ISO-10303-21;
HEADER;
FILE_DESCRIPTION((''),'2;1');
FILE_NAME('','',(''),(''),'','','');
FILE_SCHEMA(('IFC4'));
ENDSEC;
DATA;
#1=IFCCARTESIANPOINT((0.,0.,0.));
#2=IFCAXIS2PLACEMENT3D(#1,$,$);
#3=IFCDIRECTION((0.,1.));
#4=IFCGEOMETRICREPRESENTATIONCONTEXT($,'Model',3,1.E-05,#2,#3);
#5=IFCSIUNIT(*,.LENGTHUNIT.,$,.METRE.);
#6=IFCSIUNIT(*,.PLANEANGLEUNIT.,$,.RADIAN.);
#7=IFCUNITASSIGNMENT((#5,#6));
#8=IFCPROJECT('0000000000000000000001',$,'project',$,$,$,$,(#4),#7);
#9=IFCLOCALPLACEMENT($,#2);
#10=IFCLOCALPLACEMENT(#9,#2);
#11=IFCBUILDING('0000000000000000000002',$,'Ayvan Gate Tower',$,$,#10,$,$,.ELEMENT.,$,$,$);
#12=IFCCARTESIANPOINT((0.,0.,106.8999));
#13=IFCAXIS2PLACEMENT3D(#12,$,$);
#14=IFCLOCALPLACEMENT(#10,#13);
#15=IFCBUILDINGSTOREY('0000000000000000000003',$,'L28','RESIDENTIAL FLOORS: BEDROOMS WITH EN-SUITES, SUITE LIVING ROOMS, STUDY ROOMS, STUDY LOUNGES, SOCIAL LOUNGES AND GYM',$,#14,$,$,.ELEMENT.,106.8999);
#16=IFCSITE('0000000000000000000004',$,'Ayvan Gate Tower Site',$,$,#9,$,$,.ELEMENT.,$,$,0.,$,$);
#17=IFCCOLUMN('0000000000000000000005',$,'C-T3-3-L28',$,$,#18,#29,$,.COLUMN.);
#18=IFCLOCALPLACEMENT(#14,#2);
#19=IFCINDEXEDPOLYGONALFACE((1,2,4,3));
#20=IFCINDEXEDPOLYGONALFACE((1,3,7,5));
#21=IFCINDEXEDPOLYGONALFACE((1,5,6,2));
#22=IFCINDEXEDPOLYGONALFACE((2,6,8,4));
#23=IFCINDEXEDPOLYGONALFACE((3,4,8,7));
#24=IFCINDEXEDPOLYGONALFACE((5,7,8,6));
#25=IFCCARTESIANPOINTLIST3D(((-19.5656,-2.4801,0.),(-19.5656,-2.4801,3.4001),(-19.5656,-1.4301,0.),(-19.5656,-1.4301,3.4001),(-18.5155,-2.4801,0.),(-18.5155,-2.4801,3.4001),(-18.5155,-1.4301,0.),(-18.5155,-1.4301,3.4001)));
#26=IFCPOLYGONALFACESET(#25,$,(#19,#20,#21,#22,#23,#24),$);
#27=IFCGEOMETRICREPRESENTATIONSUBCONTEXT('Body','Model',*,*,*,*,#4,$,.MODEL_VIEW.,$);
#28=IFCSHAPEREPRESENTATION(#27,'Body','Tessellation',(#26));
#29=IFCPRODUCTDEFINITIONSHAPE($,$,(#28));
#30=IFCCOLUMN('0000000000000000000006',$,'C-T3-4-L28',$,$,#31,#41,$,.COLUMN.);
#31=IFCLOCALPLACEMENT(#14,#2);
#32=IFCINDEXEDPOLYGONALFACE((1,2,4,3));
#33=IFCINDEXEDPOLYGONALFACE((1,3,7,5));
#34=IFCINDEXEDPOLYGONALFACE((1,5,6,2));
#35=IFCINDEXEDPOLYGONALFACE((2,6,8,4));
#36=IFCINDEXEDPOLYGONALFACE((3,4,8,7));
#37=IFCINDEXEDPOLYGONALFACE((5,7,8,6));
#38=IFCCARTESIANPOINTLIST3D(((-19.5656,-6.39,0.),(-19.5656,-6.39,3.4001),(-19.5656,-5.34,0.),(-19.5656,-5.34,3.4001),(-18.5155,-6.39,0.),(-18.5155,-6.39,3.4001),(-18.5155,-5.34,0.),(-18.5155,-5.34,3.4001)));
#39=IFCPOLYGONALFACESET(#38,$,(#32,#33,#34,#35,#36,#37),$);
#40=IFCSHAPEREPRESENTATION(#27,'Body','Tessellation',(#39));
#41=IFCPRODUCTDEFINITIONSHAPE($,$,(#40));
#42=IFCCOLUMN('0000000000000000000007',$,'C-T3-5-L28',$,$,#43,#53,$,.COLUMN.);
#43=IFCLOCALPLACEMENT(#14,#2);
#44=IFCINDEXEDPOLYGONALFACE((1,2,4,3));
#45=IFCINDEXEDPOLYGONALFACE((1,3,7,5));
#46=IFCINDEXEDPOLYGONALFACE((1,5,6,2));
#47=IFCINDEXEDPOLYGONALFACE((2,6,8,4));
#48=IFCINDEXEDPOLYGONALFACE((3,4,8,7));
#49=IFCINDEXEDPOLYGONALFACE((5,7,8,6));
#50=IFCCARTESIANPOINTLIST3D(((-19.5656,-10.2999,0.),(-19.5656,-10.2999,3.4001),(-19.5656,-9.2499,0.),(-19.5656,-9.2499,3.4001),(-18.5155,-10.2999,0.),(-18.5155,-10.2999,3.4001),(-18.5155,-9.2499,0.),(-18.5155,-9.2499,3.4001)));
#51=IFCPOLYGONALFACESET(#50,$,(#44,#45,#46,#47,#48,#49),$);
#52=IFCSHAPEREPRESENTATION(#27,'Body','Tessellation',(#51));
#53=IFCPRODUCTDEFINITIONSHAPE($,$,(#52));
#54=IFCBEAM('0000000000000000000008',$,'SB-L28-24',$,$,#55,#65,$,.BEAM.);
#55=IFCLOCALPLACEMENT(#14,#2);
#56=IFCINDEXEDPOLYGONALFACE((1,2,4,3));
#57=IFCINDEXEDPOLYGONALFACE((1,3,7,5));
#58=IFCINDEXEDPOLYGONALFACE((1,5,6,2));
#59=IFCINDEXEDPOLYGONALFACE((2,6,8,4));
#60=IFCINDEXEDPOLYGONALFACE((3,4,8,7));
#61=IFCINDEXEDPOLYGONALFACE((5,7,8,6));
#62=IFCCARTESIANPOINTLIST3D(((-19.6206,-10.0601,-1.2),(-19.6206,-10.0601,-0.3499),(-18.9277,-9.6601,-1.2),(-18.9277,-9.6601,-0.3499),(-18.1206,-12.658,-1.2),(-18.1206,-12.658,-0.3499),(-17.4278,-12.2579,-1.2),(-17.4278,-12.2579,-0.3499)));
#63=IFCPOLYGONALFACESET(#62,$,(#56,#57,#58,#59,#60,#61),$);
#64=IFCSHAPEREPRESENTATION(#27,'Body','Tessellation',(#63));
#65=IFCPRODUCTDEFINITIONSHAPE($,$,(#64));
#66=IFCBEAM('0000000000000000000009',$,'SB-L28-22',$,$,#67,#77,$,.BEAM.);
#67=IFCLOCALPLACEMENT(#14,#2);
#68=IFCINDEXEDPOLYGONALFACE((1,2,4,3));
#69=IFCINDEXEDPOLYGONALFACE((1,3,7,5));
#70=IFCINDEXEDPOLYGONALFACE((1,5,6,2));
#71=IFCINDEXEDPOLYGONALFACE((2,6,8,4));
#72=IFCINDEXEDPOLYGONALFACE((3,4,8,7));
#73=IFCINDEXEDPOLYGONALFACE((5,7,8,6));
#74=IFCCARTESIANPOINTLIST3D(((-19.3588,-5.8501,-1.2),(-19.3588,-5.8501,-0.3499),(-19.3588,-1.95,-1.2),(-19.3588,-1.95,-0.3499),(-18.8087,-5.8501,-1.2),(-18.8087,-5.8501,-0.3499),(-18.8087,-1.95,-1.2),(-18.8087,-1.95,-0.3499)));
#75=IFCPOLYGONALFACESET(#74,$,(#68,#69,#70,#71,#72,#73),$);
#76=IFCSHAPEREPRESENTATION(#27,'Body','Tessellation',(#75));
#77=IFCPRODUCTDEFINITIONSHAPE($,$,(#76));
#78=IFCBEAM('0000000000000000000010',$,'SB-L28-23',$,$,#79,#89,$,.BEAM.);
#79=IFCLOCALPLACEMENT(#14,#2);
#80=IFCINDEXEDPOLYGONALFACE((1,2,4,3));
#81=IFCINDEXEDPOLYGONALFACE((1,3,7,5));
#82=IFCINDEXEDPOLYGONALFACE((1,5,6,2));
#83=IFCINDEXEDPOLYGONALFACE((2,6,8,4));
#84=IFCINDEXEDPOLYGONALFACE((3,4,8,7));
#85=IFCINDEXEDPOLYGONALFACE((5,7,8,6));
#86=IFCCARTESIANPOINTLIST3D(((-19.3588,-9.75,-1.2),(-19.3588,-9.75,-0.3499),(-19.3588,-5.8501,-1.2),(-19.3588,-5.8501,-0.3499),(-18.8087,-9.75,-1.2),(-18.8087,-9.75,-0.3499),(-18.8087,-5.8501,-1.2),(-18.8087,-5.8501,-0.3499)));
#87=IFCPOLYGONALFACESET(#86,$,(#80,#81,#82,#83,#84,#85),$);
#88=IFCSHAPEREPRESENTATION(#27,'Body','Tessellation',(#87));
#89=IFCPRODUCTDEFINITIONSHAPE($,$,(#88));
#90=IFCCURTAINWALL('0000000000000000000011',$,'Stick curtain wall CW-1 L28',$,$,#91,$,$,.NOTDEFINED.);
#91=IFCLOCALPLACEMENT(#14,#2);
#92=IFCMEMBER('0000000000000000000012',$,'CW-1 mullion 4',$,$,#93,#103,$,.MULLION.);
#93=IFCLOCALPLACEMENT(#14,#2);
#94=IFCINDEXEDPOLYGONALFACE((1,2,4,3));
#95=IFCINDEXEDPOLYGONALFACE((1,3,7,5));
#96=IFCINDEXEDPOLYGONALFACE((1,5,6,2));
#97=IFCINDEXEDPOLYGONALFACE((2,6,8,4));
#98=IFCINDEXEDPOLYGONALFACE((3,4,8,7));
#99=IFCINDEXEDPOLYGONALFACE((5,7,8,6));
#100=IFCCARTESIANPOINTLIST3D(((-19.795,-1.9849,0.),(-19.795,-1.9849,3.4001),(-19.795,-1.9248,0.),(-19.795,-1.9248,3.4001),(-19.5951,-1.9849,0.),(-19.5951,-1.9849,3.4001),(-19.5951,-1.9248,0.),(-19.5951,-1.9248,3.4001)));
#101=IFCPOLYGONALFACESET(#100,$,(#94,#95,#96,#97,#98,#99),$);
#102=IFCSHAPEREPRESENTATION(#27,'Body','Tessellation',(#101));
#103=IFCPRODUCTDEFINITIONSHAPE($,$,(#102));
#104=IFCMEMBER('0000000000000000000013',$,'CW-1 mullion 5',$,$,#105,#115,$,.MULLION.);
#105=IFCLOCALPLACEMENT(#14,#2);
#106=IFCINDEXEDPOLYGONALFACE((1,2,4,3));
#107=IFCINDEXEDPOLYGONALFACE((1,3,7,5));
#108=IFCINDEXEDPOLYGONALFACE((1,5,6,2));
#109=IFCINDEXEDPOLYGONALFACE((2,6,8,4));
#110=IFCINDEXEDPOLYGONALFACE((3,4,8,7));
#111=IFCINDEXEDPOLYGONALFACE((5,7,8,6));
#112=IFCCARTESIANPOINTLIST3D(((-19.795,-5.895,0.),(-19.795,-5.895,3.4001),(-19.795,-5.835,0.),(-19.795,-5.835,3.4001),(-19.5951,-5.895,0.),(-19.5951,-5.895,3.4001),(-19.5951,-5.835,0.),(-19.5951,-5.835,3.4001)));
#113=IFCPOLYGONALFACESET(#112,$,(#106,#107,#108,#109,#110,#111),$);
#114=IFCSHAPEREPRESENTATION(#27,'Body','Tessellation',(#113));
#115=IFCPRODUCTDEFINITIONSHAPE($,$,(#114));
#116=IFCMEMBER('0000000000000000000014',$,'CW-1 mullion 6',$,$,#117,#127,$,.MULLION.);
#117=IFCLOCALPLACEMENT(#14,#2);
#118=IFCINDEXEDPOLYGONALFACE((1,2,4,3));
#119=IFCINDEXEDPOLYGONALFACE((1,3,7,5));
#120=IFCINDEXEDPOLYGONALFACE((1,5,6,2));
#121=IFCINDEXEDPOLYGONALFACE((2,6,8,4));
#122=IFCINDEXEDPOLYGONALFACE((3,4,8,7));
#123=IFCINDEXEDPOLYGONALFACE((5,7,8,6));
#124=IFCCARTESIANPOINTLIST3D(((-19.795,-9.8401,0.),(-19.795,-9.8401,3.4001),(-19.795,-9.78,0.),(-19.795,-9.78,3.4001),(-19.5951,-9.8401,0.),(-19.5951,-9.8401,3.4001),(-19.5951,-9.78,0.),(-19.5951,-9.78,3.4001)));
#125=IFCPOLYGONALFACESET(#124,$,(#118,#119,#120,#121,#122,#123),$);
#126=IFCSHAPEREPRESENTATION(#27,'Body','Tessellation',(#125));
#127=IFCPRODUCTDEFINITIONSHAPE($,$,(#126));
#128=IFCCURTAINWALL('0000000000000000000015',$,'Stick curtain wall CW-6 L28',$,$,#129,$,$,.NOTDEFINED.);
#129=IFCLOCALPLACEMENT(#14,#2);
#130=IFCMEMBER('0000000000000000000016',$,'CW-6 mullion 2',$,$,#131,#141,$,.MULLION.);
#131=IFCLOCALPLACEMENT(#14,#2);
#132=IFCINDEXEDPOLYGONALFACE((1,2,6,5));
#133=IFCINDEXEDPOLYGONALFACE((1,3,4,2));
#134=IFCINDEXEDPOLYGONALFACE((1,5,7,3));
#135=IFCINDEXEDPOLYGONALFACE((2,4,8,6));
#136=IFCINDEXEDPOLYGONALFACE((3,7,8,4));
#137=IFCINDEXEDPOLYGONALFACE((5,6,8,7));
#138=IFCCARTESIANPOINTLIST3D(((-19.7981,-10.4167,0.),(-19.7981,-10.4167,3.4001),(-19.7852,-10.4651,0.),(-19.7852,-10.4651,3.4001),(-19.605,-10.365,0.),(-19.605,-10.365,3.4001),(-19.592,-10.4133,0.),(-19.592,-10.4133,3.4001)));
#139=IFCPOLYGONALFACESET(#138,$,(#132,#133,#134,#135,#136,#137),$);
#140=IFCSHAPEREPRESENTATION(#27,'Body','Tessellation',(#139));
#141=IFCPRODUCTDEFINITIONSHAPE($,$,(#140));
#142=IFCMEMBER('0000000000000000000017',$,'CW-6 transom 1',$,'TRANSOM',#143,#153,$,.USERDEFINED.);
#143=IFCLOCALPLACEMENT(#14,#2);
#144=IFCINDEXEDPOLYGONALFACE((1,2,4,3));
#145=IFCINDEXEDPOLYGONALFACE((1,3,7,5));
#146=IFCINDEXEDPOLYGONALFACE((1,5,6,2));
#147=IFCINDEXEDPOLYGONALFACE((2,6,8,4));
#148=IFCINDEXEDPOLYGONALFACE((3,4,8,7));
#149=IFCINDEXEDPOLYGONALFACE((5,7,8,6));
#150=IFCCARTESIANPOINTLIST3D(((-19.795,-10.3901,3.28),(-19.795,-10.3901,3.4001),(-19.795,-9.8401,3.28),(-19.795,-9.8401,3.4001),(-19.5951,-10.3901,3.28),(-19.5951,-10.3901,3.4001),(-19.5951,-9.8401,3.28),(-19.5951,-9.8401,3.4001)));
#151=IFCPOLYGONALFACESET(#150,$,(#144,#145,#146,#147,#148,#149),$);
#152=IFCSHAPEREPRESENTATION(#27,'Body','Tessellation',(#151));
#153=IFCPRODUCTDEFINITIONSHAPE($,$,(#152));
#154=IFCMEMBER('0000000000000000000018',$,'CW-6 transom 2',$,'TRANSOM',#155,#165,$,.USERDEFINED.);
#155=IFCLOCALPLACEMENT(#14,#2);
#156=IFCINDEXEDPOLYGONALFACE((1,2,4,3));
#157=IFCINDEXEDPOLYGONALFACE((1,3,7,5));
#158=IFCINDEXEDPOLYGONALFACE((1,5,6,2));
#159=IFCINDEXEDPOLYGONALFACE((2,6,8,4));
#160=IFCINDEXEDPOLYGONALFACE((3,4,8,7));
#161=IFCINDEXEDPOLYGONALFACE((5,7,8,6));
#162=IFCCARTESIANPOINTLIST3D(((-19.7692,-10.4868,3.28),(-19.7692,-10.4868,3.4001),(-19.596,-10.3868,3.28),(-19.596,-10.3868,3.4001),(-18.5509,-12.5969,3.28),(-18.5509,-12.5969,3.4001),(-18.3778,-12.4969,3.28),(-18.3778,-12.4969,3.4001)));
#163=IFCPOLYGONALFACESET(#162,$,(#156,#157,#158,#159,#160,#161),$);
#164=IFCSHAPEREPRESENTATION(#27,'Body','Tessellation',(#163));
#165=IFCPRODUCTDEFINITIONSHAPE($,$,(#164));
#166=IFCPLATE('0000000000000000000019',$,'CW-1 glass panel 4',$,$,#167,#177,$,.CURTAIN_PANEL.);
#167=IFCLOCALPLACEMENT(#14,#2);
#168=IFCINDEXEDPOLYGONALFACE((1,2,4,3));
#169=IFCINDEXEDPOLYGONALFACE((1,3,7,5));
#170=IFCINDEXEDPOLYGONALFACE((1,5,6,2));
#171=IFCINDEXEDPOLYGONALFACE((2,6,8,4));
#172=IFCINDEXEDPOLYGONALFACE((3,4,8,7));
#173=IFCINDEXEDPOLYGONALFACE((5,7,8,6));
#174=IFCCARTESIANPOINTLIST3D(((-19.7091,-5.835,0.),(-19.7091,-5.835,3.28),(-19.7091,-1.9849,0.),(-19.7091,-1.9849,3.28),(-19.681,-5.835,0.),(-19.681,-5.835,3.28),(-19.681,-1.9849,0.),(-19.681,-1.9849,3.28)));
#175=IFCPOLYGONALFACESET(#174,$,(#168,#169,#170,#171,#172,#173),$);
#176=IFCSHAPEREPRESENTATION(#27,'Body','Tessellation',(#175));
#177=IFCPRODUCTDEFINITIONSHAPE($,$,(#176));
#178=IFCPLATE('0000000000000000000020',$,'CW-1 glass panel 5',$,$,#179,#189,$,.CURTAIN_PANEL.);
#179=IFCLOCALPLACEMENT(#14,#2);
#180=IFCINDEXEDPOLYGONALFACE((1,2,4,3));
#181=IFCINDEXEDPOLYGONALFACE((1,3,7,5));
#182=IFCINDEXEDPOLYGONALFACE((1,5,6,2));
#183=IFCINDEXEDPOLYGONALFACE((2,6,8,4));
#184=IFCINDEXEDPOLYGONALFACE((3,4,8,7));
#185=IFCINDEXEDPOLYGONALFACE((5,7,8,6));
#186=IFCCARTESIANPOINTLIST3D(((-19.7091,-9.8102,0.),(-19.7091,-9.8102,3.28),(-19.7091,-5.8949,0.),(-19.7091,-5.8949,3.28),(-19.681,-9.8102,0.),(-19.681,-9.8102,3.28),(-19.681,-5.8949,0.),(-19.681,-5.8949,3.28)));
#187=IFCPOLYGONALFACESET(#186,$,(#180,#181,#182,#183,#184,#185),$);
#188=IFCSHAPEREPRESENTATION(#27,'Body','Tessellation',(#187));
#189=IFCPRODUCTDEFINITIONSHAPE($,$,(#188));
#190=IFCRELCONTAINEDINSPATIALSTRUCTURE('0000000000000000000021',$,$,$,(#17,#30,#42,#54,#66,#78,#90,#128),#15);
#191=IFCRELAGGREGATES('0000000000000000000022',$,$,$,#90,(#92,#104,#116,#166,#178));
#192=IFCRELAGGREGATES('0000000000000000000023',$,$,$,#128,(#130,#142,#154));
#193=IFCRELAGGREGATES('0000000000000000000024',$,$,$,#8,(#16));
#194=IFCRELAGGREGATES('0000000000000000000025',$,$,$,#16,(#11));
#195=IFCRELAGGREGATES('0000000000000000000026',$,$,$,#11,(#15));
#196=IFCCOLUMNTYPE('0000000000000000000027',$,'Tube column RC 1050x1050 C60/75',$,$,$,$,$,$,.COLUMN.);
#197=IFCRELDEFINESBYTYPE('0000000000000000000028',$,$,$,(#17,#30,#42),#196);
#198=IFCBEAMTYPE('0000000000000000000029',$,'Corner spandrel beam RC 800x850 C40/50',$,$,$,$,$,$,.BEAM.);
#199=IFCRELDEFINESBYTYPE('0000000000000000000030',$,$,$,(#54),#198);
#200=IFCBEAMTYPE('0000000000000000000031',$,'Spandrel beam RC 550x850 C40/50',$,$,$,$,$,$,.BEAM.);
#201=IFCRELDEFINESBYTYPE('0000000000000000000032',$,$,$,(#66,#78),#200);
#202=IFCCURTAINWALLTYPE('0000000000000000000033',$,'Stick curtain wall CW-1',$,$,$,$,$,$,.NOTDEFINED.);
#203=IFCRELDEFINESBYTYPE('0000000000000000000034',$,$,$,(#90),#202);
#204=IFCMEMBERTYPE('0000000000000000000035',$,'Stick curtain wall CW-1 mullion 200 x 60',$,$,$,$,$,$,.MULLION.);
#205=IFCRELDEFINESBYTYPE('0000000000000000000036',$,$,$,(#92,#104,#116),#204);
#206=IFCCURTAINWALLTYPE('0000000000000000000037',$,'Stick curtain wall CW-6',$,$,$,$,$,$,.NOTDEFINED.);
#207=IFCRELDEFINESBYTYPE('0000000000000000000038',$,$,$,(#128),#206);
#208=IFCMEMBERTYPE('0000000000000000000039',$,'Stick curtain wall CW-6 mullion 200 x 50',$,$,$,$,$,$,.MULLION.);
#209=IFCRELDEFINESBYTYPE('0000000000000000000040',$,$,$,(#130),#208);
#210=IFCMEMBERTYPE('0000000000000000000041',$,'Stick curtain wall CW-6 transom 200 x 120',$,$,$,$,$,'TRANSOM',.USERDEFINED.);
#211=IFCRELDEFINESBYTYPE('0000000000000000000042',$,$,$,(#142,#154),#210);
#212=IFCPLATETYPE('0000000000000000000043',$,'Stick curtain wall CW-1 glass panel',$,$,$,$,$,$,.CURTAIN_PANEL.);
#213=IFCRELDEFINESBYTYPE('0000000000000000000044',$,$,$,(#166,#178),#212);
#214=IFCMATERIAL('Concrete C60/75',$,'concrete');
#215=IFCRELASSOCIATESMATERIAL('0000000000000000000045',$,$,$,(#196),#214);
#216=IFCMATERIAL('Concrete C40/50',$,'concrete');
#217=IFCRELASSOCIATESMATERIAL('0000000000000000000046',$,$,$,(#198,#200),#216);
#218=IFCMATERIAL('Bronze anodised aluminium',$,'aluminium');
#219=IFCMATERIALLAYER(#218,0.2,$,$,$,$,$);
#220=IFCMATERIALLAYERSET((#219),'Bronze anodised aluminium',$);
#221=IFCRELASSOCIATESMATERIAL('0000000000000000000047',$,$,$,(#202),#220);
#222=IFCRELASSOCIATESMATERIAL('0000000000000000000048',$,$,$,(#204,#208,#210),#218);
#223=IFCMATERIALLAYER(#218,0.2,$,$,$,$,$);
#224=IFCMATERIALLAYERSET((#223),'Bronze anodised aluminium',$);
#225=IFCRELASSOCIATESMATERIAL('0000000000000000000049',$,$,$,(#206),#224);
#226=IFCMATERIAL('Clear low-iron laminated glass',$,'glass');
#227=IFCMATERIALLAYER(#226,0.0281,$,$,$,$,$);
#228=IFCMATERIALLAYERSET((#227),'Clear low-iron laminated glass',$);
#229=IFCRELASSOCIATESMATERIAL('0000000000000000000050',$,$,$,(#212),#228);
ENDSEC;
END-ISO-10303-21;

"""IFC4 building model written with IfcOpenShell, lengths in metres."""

from ifc_helpers import new_model, si_unit, direction, frame, origin, origin_2d, place, context, subcontext, project, spatial, rectangle, extrude, material, layer, layer_set, material_profile, profile_set, type_object, element, aggregate, save


model = new_model("IFC4")

# Units and contexts
model_context = context("Model", 3, precision=1e-05, world=origin(), true_north=direction((0.0, 1.0)))
body_context = subcontext(model_context, "Body", "Model", "MODEL_VIEW")
ifc_project = project(units=[si_unit("LENGTHUNIT", "METRE"), si_unit("PLANEANGLEUNIT", "RADIAN")], contexts=[model_context])

# Site, building, storey
site_placement = place(None, origin())
site = spatial("IfcSite", under=ifc_project, at=site_placement, Name="Ayvan Gate Tower Site", CompositionType="ELEMENT", RefElevation=0.0)
building_placement = place(site_placement, origin())
building = spatial("IfcBuilding", under=site, at=building_placement, Name="Ayvan Gate Tower", CompositionType="ELEMENT")
storey_placement = place(building_placement, frame((0.0, 0.0, 106.8999)))
storey = spatial("IfcBuildingStorey", under=building, at=storey_placement, Name="L28", Description="RESIDENTIAL FLOORS: BEDROOMS WITH EN-SUITES, SUITE LIVING ROOMS, STUDY ROOMS, STUDY LOUNGES, SOCIAL LOUNGES AND GYM", CompositionType="ELEMENT", Elevation=106.8999)

# Columns
ifc_material_1 = material(Name="Concrete C60/75", Category="concrete")
ifc_material_profile_1 = material_profile(ifc_material_1, rectangle(XDim=1.05, YDim=1.05, at=origin_2d()), Name="RC 1050x1050")
ifc_profile_set_1 = profile_set([ifc_material_profile_1], Name="Concrete C60/75")
column_type = type_object("IfcColumnType", Name="Tube column RC 1050x1050 C60/75", PredefinedType="COLUMN", material=ifc_profile_set_1)
for number, where, z_axis, x_axis, name in (
    (1, (-19.0405, -1.9551, 0.0), (0.0, 0.0, 1.0), (-1.0, 0.0, 0.0), "C-T3-3-L28"),
    (2, (-19.0405, -5.865, 0.0), (0.0, 0.0, 1.0), (-1.0, 0.0, 0.0), "C-T3-4-L28"),
    (3, (-19.0405, -9.7749, 0.0), (0.0, 0.0, 1.0), (-1.0, 0.0, 0.0), "C-T3-5-L28"),
):
    element("IfcColumn", number, at=place(storey_placement, frame(where, z_axis=z_axis, x_axis=x_axis)), inside=storey, type_object=column_type, Name=name, PredefinedType="COLUMN", context=body_context, shape_type="SweptSolid", body=[
        extrude(rectangle(XDim=1.05, YDim=1.05, at=origin_2d()), origin(), (0.0, 0.0, 1.0), 3.4001),
    ])

# Beams
ifc_material_2 = material(Name="Concrete C40/50", Category="concrete")
ifc_material_profile_2 = material_profile(ifc_material_2, rectangle(XDim=0.8, YDim=0.8501, at=origin_2d()), Name="RC 800x850")
ifc_profile_set_2 = profile_set([ifc_material_profile_2], Name="Concrete C40/50")
beam_type_1 = type_object("IfcBeamType", Name="Corner spandrel beam RC 800x850 C40/50", PredefinedType="BEAM", material=ifc_profile_set_2)
beam_1_placement = place(storey_placement, frame((-19.2742, -9.8601, -0.7749), z_axis=(0.500025, -0.866011, 0.0), x_axis=(0.866011, 0.500025, 0.0)))
element("IfcBeam", 4, at=beam_1_placement, inside=storey, type_object=beam_type_1, Name="SB-L28-24", PredefinedType="BEAM", context=body_context, shape_type="SweptSolid", body=[
    extrude(rectangle(XDim=0.8, YDim=0.8501, at=origin_2d()), origin(), (0.0, 0.0, 1.0), 2.9998),
])
ifc_material_profile_3 = material_profile(ifc_material_2, rectangle(XDim=0.55, YDim=0.8501, at=origin_2d()), Name="RC 550x850")
ifc_profile_set_3 = profile_set([ifc_material_profile_3], Name="Concrete C40/50")
beam_type_2 = type_object("IfcBeamType", Name="Spandrel beam RC 550x850 C40/50", PredefinedType="BEAM", material=ifc_profile_set_3)
beam_2_placement = place(storey_placement, frame((-19.0837, -1.95, -0.7749), z_axis=(0.0, -1.0, 0.0), x_axis=(1.0, 0.0, 0.0)))
element("IfcBeam", 5, at=beam_2_placement, inside=storey, type_object=beam_type_2, Name="SB-L28-22", PredefinedType="BEAM", context=body_context, shape_type="SweptSolid", body=[
    extrude(rectangle(XDim=0.55, YDim=0.8501, at=origin_2d()), origin(), (0.0, 0.0, 1.0), 3.9001),
])
beam_3_placement = place(storey_placement, frame((-19.0837, -5.8501, -0.7749), z_axis=(0.0, -1.0, 0.0), x_axis=(1.0, 0.0, 0.0)))
element("IfcBeam", 6, at=beam_3_placement, inside=storey, type_object=beam_type_2, Name="SB-L28-23", PredefinedType="BEAM", context=body_context, shape_type="SweptSolid", body=[
    extrude(rectangle(XDim=0.55, YDim=0.8501, at=origin_2d()), origin(), (0.0, 0.0, 1.0), 3.8999),
])

# Curtain walls, members
ifc_material_3 = material(Name="Bronze anodised aluminium", Category="aluminium")
ifc_layer_1 = layer(ifc_material_3, 0.2)
ifc_layer_set_1 = layer_set([ifc_layer_1], Name="Bronze anodised aluminium")
curtain_wall_type_1 = type_object("IfcCurtainWallType", Name="Stick curtain wall CW-1", PredefinedType="NOTDEFINED", material=ifc_layer_set_1)
curtain_wall_1_placement = place(storey_placement, origin())
curtain_wall_1 = element("IfcCurtainWall", 7, at=curtain_wall_1_placement, inside=storey, type_object=curtain_wall_type_1, Name="Stick curtain wall CW-1 L28", PredefinedType="NOTDEFINED")
ifc_material_profile_4 = material_profile(ifc_material_3, rectangle(XDim=0.2, YDim=0.0601, at=origin_2d()), Name="Stick curtain wall CW-1 mullion 200 x 60")
ifc_profile_set_4 = profile_set([ifc_material_profile_4], Name="Bronze anodised aluminium")
member_type_1 = type_object("IfcMemberType", Name="Stick curtain wall CW-1 mullion 200 x 60", PredefinedType="MULLION", material=ifc_profile_set_4)
member_1_placement = place(storey_placement, frame((-19.6951, -1.9548, 0.0), z_axis=(0.0, 0.0, 1.0), x_axis=(-1.0, 0.0, 0.0)))
member_1 = element("IfcMember", 8, at=member_1_placement, type_object=member_type_1, Name="CW-1 mullion 4", PredefinedType="MULLION", context=body_context, shape_type="SweptSolid", body=[
    extrude(rectangle(XDim=0.2, YDim=0.0601, at=origin_2d()), origin(), (0.0, 0.0, 1.0), 3.4001),
])
member_2_placement = place(storey_placement, frame((-19.6951, -5.865, 0.0), z_axis=(0.0, 0.0, 1.0), x_axis=(-1.0, 0.0, 0.0)))
member_2 = element("IfcMember", 9, at=member_2_placement, type_object=member_type_1, Name="CW-1 mullion 5", PredefinedType="MULLION", context=body_context, shape_type="SweptSolid", body=[
    extrude(rectangle(XDim=0.2, YDim=0.0601, at=origin_2d()), origin(), (0.0, 0.0, 1.0), 3.4001),
])
member_3_placement = place(storey_placement, frame((-19.6951, -9.8101, 0.0), z_axis=(0.0, 0.0, 1.0), x_axis=(-1.0, 0.0, 0.0)))
member_3 = element("IfcMember", 10, at=member_3_placement, type_object=member_type_1, Name="CW-1 mullion 6", PredefinedType="MULLION", context=body_context, shape_type="SweptSolid", body=[
    extrude(rectangle(XDim=0.2, YDim=0.0601, at=origin_2d()), origin(), (0.0, 0.0, 1.0), 3.4001),
])
ifc_layer_2 = layer(ifc_material_3, 0.2)
ifc_layer_set_2 = layer_set([ifc_layer_2], Name="Bronze anodised aluminium")
curtain_wall_type_2 = type_object("IfcCurtainWallType", Name="Stick curtain wall CW-6", PredefinedType="NOTDEFINED", material=ifc_layer_set_2)
curtain_wall_2_placement = place(storey_placement, origin())
curtain_wall_2 = element("IfcCurtainWall", 11, at=curtain_wall_2_placement, inside=storey, type_object=curtain_wall_type_2, Name="Stick curtain wall CW-6 L28", PredefinedType="NOTDEFINED")
ifc_material_profile_5 = material_profile(ifc_material_3, rectangle(XDim=0.2, YDim=0.05, at=origin_2d()), Name="Stick curtain wall CW-6 mullion 200 x 50")
ifc_profile_set_5 = profile_set([ifc_material_profile_5], Name="Bronze anodised aluminium")
member_type_2 = type_object("IfcMemberType", Name="Stick curtain wall CW-6 mullion 200 x 50", PredefinedType="MULLION", material=ifc_profile_set_5)
member_4_placement = place(storey_placement, frame((-19.6951, -10.415, 0.0), z_axis=(0.0, 0.0, 1.0), x_axis=(-0.965926, -0.258819, 0.0)))
member_4 = element("IfcMember", 12, at=member_4_placement, type_object=member_type_2, Name="CW-6 mullion 2", PredefinedType="MULLION", context=body_context, shape_type="SweptSolid", body=[
    extrude(rectangle(XDim=0.2, YDim=0.05, at=origin_2d()), origin(), (0.0, 0.0, 1.0), 3.4001),
])
ifc_material_profile_6 = material_profile(ifc_material_3, rectangle(XDim=0.2, YDim=0.1201, at=origin_2d()), Name="Stick curtain wall CW-6 transom 200 x 120")
ifc_profile_set_6 = profile_set([ifc_material_profile_6], Name="Bronze anodised aluminium")
member_type_3 = type_object("IfcMemberType", Name="Stick curtain wall CW-6 transom 200 x 120", ElementType="TRANSOM", PredefinedType="USERDEFINED", material=ifc_profile_set_6)
member_5_placement = place(storey_placement, frame((-19.6951, -9.8401, 3.3401), z_axis=(0.0, -1.0, 0.0), x_axis=(1.0, 0.0, 0.0)))
member_5 = element("IfcMember", 13, at=member_5_placement, type_object=member_type_3, Name="CW-6 transom 1", ObjectType="TRANSOM", PredefinedType="USERDEFINED", context=body_context, shape_type="SweptSolid", body=[
    extrude(rectangle(XDim=0.2, YDim=0.1201, at=origin_2d()), origin(), (0.0, 0.0, 1.0), 0.55),
])
member_6_placement = place(storey_placement, frame((-19.6826, -10.4368, 3.3401), z_axis=(0.499997, -0.866027, 0.0), x_axis=(0.866027, 0.499997, 0.0)))
member_6 = element("IfcMember", 14, at=member_6_placement, type_object=member_type_3, Name="CW-6 transom 2", ObjectType="TRANSOM", PredefinedType="USERDEFINED", context=body_context, shape_type="SweptSolid", body=[
    extrude(rectangle(XDim=0.2, YDim=0.1201, at=origin_2d()), origin(), (0.0, 0.0, 1.0), 2.4365),
])

# Plates
ifc_material_4 = material(Name="Clear low-iron laminated glass", Category="glass")
ifc_layer_3 = layer(ifc_material_4, 0.0281)
ifc_layer_set_3 = layer_set([ifc_layer_3], Name="Clear low-iron laminated glass")
plate_type_1 = type_object("IfcPlateType", Name="Stick curtain wall CW-1 glass panel", PredefinedType="CURTAIN_PANEL", material=ifc_layer_set_3)
plate_1_placement = place(storey_placement, frame((-19.6951, -3.9099, 0.0), z_axis=(0.0, 0.0, 1.0), x_axis=(0.0, -1.0, 0.0)))
plate_1 = element("IfcPlate", 15, at=plate_1_placement, type_object=plate_type_1, Name="CW-1 glass panel 4", PredefinedType="CURTAIN_PANEL", context=body_context, shape_type="SweptSolid", body=[
    extrude(rectangle(XDim=3.8501, YDim=0.0281, at=origin_2d()), origin(), (0.0, 0.0, 1.0), 3.28),
])
plate_2_placement = place(storey_placement, frame((-19.6951, -7.8525, 0.0), z_axis=(0.0, 0.0, 1.0), x_axis=(0.0, -1.0, 0.0)))
plate_2 = element("IfcPlate", 16, at=plate_2_placement, type_object=plate_type_1, Name="CW-1 glass panel 5", PredefinedType="CURTAIN_PANEL", context=body_context, shape_type="SweptSolid", body=[
    extrude(rectangle(XDim=3.9153, YDim=0.0281, at=origin_2d()), origin(), (0.0, 0.0, 1.0), 3.28),
])
aggregate(curtain_wall_1, [member_1, member_2, member_3, plate_1, plate_2])
aggregate(curtain_wall_2, [member_4, member_5, member_6])

save(model, "model.ifc")
